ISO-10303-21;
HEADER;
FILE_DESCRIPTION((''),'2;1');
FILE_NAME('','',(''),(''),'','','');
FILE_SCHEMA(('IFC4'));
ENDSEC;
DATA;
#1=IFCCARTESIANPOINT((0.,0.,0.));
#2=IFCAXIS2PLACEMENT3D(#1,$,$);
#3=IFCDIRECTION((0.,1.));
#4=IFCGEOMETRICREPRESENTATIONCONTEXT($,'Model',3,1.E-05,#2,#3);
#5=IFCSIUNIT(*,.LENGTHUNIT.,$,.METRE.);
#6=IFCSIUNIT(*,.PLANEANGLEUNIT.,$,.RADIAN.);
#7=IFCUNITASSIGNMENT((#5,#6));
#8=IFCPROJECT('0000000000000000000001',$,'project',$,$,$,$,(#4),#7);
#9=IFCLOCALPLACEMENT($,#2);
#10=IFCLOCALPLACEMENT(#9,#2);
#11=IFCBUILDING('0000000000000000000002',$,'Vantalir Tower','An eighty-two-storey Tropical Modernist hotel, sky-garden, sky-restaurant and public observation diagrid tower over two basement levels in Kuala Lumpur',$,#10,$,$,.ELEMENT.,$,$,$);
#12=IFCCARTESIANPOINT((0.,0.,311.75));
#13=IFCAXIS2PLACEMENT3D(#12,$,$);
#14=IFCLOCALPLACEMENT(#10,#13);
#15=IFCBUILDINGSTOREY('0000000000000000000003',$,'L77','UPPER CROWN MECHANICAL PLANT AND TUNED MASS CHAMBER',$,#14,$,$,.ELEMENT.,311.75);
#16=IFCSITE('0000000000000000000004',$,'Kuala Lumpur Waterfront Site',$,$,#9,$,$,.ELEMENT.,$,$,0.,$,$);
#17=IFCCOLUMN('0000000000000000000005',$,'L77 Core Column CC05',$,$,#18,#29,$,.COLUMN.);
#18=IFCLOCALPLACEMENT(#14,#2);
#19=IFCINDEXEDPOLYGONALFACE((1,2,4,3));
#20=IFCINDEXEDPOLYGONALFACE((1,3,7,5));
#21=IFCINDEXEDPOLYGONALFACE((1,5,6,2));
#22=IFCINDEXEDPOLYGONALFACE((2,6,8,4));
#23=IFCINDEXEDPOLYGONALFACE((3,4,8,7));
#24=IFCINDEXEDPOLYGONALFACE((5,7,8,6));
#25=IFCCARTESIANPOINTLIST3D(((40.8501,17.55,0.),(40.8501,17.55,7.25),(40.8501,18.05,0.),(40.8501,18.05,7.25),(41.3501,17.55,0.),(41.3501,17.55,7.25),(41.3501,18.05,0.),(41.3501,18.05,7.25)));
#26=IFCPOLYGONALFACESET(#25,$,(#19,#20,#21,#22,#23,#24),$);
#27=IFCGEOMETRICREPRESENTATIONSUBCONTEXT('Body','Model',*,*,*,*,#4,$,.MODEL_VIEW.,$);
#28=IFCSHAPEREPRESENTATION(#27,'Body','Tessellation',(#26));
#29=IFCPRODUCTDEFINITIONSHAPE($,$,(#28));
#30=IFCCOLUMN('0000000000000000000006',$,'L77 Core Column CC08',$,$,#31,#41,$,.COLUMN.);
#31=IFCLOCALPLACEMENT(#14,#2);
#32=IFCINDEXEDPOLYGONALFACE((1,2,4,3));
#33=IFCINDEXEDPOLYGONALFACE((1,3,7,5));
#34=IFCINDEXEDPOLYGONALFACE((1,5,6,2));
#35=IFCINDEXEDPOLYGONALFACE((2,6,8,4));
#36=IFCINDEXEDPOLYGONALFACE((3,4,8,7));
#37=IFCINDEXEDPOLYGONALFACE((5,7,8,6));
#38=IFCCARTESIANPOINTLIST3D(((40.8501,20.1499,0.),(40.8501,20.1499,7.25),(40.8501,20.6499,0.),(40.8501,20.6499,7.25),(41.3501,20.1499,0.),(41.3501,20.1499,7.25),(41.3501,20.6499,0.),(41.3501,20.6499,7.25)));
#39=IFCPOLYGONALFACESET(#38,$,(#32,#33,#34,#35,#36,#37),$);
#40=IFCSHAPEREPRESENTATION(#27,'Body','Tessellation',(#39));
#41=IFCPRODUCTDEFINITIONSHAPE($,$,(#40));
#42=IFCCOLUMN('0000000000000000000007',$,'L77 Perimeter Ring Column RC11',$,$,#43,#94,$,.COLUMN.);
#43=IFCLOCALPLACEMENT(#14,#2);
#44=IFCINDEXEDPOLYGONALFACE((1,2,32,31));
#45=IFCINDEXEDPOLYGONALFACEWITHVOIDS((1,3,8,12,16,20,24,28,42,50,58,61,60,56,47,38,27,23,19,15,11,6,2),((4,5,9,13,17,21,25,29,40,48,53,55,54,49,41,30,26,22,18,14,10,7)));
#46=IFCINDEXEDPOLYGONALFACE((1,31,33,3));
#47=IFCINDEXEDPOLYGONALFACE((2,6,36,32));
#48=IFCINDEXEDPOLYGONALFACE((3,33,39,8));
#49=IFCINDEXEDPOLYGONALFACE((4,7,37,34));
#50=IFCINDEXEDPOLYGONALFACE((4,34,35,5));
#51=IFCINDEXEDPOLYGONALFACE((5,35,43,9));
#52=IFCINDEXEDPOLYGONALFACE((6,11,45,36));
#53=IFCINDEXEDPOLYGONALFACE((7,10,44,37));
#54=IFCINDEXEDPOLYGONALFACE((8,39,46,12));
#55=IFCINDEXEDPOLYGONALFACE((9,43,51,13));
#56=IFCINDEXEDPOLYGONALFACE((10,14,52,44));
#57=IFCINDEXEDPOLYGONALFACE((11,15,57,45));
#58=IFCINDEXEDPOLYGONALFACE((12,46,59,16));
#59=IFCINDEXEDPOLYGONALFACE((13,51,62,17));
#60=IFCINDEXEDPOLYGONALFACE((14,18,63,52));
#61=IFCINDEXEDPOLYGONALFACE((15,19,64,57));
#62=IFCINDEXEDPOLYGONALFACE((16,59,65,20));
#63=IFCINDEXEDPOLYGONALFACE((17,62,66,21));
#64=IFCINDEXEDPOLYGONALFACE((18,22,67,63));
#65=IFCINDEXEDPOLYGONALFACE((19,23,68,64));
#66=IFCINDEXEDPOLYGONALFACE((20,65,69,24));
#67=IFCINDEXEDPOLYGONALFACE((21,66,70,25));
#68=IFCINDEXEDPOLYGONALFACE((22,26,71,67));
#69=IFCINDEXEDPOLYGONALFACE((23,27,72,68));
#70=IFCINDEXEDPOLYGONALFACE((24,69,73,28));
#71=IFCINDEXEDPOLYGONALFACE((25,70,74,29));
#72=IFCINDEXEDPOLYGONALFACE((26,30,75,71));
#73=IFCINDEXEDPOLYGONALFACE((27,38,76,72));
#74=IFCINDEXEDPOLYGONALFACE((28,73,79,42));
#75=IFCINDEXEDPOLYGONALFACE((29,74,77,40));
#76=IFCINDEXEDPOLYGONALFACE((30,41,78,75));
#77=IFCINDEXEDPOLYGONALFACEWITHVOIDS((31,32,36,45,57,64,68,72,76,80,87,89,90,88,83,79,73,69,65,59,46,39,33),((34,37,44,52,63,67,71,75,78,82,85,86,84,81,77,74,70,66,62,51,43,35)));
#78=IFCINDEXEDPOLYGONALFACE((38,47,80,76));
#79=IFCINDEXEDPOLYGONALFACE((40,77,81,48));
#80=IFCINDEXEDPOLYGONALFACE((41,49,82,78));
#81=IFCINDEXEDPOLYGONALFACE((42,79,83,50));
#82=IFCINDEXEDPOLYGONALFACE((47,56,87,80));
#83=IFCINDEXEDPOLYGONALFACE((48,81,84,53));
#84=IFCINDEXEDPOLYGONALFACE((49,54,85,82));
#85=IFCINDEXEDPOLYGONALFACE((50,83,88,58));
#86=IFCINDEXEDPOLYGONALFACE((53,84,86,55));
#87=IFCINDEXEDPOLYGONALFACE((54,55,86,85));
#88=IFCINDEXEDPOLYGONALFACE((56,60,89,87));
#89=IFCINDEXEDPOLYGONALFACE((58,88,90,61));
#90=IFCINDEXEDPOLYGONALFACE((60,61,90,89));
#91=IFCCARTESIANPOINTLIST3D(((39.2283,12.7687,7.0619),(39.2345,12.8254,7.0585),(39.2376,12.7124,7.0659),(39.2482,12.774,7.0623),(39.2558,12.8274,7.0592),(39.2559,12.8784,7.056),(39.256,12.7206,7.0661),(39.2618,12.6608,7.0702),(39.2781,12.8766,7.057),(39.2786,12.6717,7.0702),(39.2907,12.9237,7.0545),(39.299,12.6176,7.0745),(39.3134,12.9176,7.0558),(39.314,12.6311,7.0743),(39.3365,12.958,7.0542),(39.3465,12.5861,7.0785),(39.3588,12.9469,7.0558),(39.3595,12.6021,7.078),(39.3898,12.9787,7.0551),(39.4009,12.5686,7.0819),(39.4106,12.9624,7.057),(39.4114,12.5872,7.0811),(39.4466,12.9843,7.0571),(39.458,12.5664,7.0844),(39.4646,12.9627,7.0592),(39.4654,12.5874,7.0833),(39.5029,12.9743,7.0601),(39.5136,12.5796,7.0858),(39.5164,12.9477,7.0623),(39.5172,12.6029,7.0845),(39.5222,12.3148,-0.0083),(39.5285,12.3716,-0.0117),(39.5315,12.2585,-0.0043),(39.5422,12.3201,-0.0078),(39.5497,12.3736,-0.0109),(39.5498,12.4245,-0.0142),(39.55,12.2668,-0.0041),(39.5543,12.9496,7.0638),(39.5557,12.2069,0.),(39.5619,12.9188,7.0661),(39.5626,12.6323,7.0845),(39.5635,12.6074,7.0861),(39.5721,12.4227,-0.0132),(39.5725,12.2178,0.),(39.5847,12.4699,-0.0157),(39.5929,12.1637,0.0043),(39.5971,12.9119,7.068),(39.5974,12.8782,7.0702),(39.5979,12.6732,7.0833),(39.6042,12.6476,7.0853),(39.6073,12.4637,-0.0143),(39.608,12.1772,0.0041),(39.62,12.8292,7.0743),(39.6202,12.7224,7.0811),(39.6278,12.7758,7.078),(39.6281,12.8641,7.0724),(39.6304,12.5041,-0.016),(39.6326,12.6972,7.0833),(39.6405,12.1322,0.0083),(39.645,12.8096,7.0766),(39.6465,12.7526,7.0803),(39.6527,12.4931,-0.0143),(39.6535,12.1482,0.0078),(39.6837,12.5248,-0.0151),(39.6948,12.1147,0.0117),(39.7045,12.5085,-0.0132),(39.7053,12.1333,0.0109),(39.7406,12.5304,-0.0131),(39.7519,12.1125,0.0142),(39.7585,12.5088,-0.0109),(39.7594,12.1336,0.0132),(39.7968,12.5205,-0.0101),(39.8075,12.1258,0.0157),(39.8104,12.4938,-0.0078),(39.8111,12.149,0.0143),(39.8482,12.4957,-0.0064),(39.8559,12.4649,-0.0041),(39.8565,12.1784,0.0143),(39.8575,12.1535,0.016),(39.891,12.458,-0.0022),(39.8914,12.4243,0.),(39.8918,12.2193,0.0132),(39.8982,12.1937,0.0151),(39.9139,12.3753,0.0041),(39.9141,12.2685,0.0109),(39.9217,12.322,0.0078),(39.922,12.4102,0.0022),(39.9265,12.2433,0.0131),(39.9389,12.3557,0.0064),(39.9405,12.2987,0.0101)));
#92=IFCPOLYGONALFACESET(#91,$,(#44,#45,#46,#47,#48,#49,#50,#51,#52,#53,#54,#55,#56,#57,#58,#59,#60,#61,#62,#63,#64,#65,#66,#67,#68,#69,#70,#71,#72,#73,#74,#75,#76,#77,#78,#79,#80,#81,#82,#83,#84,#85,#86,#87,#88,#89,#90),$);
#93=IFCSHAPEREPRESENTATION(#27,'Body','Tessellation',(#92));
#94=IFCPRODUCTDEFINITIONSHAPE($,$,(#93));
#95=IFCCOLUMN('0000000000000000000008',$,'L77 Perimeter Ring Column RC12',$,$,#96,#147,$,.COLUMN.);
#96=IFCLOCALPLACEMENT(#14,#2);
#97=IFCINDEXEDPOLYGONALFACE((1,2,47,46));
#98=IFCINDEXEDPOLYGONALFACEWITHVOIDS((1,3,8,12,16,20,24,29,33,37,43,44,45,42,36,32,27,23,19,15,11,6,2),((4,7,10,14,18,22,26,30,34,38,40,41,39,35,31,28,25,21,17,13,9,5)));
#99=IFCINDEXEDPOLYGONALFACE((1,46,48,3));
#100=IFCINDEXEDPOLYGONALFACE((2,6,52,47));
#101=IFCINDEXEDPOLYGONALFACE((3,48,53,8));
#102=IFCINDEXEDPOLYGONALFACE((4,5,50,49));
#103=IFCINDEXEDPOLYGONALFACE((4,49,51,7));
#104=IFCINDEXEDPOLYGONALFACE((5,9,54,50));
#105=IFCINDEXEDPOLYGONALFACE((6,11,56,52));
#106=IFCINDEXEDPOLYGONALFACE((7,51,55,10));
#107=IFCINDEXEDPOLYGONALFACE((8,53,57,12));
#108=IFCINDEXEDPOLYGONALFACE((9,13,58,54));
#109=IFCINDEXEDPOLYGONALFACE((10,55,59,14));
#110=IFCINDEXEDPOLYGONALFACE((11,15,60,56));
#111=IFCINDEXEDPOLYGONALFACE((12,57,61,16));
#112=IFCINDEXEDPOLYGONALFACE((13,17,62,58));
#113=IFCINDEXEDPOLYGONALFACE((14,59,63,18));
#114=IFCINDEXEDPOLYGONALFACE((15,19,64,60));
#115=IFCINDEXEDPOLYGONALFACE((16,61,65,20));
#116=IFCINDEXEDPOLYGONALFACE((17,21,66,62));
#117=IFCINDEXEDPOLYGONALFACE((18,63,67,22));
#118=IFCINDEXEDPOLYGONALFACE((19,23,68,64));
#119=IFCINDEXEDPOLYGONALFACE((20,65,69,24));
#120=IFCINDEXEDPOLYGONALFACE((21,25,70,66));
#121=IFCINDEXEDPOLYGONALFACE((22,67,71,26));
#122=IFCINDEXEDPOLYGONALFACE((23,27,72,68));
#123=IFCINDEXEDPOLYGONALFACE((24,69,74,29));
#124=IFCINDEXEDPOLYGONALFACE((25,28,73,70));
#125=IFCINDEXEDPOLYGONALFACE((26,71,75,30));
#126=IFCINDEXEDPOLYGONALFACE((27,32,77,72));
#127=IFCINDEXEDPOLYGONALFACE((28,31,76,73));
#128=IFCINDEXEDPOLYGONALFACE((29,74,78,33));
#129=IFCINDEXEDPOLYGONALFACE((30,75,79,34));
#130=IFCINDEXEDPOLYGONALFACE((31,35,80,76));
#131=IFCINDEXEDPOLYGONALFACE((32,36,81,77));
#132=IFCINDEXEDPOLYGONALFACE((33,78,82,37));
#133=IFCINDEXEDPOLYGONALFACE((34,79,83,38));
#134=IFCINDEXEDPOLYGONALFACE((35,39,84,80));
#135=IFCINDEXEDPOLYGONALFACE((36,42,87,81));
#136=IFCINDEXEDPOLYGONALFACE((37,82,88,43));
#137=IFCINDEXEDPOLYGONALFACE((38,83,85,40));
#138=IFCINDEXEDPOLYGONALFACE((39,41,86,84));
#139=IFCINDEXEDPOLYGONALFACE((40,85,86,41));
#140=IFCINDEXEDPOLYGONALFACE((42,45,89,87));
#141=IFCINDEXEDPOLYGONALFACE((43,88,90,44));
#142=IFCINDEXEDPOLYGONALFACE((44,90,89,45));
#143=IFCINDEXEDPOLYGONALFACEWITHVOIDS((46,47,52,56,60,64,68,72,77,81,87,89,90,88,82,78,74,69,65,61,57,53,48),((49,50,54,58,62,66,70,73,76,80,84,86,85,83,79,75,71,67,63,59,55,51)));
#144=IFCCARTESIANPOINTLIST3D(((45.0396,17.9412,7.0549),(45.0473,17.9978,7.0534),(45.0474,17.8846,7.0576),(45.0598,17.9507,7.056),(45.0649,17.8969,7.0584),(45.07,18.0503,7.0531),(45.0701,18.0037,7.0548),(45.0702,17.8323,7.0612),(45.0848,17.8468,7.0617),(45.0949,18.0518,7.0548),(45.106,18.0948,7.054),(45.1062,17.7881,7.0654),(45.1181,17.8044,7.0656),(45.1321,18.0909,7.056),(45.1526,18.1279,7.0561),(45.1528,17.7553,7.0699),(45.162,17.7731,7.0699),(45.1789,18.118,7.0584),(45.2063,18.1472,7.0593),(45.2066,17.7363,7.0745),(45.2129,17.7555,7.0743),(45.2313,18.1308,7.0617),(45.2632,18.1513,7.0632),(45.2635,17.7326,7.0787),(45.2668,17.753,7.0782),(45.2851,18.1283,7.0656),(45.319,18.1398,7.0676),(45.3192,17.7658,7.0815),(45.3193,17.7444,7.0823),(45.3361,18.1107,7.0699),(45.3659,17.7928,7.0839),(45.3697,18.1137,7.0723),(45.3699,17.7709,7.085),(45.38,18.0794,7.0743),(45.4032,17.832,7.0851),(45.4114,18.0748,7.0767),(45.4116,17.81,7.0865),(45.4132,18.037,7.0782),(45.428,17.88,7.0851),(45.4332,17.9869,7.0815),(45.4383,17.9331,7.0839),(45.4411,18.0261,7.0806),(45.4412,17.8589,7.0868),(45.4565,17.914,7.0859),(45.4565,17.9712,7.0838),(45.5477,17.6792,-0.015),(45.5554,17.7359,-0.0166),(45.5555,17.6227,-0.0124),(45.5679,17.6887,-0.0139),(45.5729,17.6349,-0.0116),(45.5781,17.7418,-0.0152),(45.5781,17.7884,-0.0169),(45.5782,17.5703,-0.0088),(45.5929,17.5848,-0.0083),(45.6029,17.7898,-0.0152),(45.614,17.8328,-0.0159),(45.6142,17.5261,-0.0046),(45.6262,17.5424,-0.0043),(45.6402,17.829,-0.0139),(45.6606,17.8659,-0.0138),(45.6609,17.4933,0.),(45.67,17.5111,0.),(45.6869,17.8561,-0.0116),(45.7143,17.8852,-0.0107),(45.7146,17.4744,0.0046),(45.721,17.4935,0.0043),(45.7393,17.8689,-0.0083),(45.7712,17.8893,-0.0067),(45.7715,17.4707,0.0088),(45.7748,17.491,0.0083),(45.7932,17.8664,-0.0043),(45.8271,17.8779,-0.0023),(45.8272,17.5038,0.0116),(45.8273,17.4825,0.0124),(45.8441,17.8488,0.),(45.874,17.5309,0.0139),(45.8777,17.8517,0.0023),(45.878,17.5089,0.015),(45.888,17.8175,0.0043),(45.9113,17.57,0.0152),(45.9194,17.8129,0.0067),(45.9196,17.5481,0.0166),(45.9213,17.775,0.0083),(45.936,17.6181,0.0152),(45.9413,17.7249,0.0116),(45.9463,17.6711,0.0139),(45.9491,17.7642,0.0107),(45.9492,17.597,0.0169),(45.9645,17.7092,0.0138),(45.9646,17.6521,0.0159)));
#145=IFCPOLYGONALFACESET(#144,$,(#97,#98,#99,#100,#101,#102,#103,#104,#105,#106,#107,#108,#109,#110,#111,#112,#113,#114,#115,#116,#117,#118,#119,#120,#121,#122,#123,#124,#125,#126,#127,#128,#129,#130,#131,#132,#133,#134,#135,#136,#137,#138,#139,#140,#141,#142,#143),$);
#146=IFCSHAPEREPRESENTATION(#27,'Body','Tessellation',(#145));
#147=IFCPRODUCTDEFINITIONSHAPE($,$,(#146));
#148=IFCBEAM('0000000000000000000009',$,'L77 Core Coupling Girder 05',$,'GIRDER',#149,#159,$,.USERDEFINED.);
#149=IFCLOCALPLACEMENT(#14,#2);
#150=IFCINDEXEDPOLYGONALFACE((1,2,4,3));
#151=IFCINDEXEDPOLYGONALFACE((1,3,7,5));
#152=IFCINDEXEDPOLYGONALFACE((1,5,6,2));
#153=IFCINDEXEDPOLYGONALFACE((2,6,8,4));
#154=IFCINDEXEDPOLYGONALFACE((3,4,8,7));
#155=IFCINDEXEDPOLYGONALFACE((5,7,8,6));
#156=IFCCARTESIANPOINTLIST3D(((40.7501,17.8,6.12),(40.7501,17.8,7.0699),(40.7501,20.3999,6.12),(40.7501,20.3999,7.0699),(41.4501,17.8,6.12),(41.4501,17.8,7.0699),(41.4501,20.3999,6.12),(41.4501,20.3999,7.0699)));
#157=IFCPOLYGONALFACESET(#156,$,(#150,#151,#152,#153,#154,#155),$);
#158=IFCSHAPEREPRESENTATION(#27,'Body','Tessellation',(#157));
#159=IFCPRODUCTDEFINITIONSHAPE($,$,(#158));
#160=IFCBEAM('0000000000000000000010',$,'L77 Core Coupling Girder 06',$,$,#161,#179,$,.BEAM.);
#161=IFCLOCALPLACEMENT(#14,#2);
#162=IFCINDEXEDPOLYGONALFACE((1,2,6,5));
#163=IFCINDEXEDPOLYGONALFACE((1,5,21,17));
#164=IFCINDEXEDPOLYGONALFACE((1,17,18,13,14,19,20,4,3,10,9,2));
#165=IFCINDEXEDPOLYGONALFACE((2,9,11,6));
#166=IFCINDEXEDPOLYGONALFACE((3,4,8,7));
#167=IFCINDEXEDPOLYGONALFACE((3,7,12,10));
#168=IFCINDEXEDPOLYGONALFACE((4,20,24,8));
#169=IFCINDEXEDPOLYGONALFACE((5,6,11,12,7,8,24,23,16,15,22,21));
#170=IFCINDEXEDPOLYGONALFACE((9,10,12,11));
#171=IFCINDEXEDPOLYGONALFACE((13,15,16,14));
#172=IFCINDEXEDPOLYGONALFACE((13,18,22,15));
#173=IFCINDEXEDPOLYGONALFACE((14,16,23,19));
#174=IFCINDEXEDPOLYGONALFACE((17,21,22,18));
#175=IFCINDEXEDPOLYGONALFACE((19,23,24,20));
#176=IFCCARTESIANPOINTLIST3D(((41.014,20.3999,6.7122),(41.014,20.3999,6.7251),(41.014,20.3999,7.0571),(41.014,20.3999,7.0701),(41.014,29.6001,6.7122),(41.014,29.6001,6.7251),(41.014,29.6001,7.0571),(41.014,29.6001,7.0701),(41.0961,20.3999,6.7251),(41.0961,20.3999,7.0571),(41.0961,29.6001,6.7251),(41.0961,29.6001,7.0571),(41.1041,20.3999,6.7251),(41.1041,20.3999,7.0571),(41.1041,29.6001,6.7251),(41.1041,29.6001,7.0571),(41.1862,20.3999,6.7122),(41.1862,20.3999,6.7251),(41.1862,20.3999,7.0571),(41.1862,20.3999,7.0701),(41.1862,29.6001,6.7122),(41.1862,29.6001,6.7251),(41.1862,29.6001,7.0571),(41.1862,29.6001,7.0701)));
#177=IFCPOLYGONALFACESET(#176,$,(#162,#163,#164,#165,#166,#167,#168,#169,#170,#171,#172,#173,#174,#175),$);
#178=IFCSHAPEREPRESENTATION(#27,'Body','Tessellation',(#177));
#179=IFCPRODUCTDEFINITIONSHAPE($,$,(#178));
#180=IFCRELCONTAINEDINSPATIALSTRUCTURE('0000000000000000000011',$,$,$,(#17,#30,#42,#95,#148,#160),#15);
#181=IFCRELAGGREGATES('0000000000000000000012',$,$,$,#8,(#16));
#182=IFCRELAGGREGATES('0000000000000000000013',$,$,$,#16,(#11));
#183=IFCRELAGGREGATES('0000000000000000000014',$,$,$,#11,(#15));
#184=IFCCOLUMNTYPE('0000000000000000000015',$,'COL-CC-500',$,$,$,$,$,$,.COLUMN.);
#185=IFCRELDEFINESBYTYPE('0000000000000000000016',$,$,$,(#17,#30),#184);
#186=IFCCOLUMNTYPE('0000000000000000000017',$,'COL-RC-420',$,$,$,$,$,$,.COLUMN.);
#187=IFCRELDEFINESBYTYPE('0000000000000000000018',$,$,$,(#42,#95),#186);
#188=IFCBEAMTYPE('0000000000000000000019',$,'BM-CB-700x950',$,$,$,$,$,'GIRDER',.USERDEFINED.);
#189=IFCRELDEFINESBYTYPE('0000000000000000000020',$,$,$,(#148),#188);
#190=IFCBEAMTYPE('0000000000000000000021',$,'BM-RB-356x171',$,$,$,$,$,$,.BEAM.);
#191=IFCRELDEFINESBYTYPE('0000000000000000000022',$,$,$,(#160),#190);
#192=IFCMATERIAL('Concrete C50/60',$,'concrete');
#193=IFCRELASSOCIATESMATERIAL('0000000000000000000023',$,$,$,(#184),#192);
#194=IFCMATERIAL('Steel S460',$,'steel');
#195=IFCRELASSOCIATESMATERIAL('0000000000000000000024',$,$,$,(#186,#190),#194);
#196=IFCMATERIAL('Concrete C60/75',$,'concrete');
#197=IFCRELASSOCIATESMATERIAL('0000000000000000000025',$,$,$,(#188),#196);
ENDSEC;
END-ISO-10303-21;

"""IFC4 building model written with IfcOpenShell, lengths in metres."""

from ifc_helpers import new_model, si_unit, direction, frame, origin, origin_2d, place, context, subcontext, project, spatial, rectangle, hollow_circle, i_section, extrude, material, material_profile, profile_set, type_object, element, save


model = new_model("IFC4")

# Units and contexts
model_context = context("Model", 3, precision=1e-05, world=origin(), true_north=direction((0.0, 1.0)))
body_context = subcontext(model_context, "Body", "Model", "MODEL_VIEW")
ifc_project = project(units=[si_unit("LENGTHUNIT", "METRE"), si_unit("PLANEANGLEUNIT", "RADIAN")], contexts=[model_context])

# Site, building, storey
site_placement = place(None, origin())
site = spatial("IfcSite", under=ifc_project, at=site_placement, Name="Kuala Lumpur Waterfront Site", CompositionType="ELEMENT", RefElevation=0.0)
building_placement = place(site_placement, origin())
building = spatial("IfcBuilding", under=site, at=building_placement, Name="Vantalir Tower", Description="An eighty-two-storey Tropical Modernist hotel, sky-garden, sky-restaurant and public observation diagrid tower over two basement levels in Kuala Lumpur", CompositionType="ELEMENT")
storey_placement = place(building_placement, frame((0.0, 0.0, 311.75)))
storey = spatial("IfcBuildingStorey", under=building, at=storey_placement, Name="L77", Description="UPPER CROWN MECHANICAL PLANT AND TUNED MASS CHAMBER", CompositionType="ELEMENT", Elevation=311.75)

# Columns
ifc_material_1 = material(Name="Concrete C50/60", Category="concrete")
ifc_material_profile_1 = material_profile(ifc_material_1, rectangle(XDim=0.5, YDim=0.5, at=origin_2d()), Name="Concrete C50/60")
ifc_profile_set_1 = profile_set([ifc_material_profile_1], Name="Concrete C50/60")
column_type_1 = type_object("IfcColumnType", Name="COL-CC-500", PredefinedType="COLUMN", material=ifc_profile_set_1)
for number, where, z_axis, x_axis, name in (
    (1, (41.1001, 17.8, 0.0), (0.0, 0.0, 1.0), (1.0, 0.0, 0.0), "L77 Core Column CC05"),
    (2, (41.1001, 20.3999, 0.0), (0.0, 0.0, 1.0), (1.0, 0.0, 0.0), "L77 Core Column CC08"),
):
    element("IfcColumn", number, at=place(storey_placement, frame(where, z_axis=z_axis, x_axis=x_axis)), inside=storey, type_object=column_type_1, Name=name, PredefinedType="COLUMN", context=body_context, shape_type="SweptSolid", body=[
        extrude(rectangle(XDim=0.5, YDim=0.5, at=origin_2d()), origin(), (0.0, 0.0, 1.0), 7.25),
    ])
ifc_material_2 = material(Name="Steel S460", Category="steel")
ifc_material_profile_2 = material_profile(ifc_material_2, hollow_circle(Radius=0.21, WallThickness=0.02, at=origin_2d()), Name="Steel S460")
ifc_profile_set_2 = profile_set([ifc_material_profile_2], Name="Steel S460")
column_type_2 = type_object("IfcColumnType", Name="COL-RC-420", PredefinedType="COLUMN", material=ifc_profile_set_2)
column_1_placement = place(storey_placement, frame((39.7319, 12.321, 0.0), z_axis=(-0.041455, 0.064007, 0.997088), x_axis=(-0.83934, -0.543607, 0.0)))
element("IfcColumn", 3, at=column_1_placement, inside=storey, type_object=column_type_2, Name="L77 Perimeter Ring Column RC11", PredefinedType="COLUMN", context=body_context, shape_type="SweptSolid", body=[
    extrude(hollow_circle(Radius=0.21, WallThickness=0.02, at=origin_2d()), origin(), (0.0, 0.0, 1.0), 7.0908),
])
column_2_placement = place(storey_placement, frame((45.7571, 17.6799, 0.0), z_axis=(-0.071626, 0.036932, 0.996748), x_axis=(-0.458284, -0.888806, 0.0)))
element("IfcColumn", 4, at=column_2_placement, inside=storey, type_object=column_type_2, Name="L77 Perimeter Ring Column RC12", PredefinedType="COLUMN", context=body_context, shape_type="SweptSolid", body=[
    extrude(hollow_circle(Radius=0.21, WallThickness=0.02, at=origin_2d()), origin(), (0.0, 0.0, 1.0), 7.093),
])

# Beams
ifc_material_3 = material(Name="Concrete C60/75", Category="concrete")
ifc_material_profile_3 = material_profile(ifc_material_3, rectangle(XDim=0.7, YDim=0.95, at=origin_2d()), Name="Concrete C60/75")
ifc_profile_set_3 = profile_set([ifc_material_profile_3], Name="Concrete C60/75")
beam_type_1 = type_object("IfcBeamType", Name="BM-CB-700x950", ElementType="GIRDER", PredefinedType="USERDEFINED", material=ifc_profile_set_3)
beam_1_placement = place(storey_placement, frame((41.1001, 17.8, 6.595), z_axis=(0.0, 1.0, 0.0), x_axis=(-1.0, 0.0, 0.0)))
element("IfcBeam", 5, at=beam_1_placement, inside=storey, type_object=beam_type_1, Name="L77 Core Coupling Girder 05", ObjectType="GIRDER", PredefinedType="USERDEFINED", context=body_context, shape_type="SweptSolid", body=[
    extrude(rectangle(XDim=0.7, YDim=0.95, at=origin_2d()), origin(), (0.0, 0.0, 1.0), 2.5999),
])
ifc_material_profile_4 = material_profile(ifc_material_2, i_section(OverallWidth=0.1721, OverallDepth=0.3579, WebThickness=0.0081, FlangeThickness=0.0129, at=origin_2d()), Name="Steel S460")
ifc_profile_set_4 = profile_set([ifc_material_profile_4], Name="Steel S460")
beam_type_2 = type_object("IfcBeamType", Name="BM-RB-356x171", PredefinedType="BEAM", material=ifc_profile_set_4)
beam_2_placement = place(storey_placement, frame((41.1001, 20.3999, 6.8911), z_axis=(0.0, 1.0, 0.0), x_axis=(-1.0, 0.0, 0.0)))
element("IfcBeam", 6, at=beam_2_placement, inside=storey, type_object=beam_type_2, Name="L77 Core Coupling Girder 06", PredefinedType="BEAM", context=body_context, shape_type="SweptSolid", body=[
    extrude(i_section(OverallWidth=0.1721, OverallDepth=0.3579, WebThickness=0.0081, FlangeThickness=0.0129, at=origin_2d()), origin(), (0.0, 0.0, 1.0), 9.2002),
])

save(model, "model.ifc")
